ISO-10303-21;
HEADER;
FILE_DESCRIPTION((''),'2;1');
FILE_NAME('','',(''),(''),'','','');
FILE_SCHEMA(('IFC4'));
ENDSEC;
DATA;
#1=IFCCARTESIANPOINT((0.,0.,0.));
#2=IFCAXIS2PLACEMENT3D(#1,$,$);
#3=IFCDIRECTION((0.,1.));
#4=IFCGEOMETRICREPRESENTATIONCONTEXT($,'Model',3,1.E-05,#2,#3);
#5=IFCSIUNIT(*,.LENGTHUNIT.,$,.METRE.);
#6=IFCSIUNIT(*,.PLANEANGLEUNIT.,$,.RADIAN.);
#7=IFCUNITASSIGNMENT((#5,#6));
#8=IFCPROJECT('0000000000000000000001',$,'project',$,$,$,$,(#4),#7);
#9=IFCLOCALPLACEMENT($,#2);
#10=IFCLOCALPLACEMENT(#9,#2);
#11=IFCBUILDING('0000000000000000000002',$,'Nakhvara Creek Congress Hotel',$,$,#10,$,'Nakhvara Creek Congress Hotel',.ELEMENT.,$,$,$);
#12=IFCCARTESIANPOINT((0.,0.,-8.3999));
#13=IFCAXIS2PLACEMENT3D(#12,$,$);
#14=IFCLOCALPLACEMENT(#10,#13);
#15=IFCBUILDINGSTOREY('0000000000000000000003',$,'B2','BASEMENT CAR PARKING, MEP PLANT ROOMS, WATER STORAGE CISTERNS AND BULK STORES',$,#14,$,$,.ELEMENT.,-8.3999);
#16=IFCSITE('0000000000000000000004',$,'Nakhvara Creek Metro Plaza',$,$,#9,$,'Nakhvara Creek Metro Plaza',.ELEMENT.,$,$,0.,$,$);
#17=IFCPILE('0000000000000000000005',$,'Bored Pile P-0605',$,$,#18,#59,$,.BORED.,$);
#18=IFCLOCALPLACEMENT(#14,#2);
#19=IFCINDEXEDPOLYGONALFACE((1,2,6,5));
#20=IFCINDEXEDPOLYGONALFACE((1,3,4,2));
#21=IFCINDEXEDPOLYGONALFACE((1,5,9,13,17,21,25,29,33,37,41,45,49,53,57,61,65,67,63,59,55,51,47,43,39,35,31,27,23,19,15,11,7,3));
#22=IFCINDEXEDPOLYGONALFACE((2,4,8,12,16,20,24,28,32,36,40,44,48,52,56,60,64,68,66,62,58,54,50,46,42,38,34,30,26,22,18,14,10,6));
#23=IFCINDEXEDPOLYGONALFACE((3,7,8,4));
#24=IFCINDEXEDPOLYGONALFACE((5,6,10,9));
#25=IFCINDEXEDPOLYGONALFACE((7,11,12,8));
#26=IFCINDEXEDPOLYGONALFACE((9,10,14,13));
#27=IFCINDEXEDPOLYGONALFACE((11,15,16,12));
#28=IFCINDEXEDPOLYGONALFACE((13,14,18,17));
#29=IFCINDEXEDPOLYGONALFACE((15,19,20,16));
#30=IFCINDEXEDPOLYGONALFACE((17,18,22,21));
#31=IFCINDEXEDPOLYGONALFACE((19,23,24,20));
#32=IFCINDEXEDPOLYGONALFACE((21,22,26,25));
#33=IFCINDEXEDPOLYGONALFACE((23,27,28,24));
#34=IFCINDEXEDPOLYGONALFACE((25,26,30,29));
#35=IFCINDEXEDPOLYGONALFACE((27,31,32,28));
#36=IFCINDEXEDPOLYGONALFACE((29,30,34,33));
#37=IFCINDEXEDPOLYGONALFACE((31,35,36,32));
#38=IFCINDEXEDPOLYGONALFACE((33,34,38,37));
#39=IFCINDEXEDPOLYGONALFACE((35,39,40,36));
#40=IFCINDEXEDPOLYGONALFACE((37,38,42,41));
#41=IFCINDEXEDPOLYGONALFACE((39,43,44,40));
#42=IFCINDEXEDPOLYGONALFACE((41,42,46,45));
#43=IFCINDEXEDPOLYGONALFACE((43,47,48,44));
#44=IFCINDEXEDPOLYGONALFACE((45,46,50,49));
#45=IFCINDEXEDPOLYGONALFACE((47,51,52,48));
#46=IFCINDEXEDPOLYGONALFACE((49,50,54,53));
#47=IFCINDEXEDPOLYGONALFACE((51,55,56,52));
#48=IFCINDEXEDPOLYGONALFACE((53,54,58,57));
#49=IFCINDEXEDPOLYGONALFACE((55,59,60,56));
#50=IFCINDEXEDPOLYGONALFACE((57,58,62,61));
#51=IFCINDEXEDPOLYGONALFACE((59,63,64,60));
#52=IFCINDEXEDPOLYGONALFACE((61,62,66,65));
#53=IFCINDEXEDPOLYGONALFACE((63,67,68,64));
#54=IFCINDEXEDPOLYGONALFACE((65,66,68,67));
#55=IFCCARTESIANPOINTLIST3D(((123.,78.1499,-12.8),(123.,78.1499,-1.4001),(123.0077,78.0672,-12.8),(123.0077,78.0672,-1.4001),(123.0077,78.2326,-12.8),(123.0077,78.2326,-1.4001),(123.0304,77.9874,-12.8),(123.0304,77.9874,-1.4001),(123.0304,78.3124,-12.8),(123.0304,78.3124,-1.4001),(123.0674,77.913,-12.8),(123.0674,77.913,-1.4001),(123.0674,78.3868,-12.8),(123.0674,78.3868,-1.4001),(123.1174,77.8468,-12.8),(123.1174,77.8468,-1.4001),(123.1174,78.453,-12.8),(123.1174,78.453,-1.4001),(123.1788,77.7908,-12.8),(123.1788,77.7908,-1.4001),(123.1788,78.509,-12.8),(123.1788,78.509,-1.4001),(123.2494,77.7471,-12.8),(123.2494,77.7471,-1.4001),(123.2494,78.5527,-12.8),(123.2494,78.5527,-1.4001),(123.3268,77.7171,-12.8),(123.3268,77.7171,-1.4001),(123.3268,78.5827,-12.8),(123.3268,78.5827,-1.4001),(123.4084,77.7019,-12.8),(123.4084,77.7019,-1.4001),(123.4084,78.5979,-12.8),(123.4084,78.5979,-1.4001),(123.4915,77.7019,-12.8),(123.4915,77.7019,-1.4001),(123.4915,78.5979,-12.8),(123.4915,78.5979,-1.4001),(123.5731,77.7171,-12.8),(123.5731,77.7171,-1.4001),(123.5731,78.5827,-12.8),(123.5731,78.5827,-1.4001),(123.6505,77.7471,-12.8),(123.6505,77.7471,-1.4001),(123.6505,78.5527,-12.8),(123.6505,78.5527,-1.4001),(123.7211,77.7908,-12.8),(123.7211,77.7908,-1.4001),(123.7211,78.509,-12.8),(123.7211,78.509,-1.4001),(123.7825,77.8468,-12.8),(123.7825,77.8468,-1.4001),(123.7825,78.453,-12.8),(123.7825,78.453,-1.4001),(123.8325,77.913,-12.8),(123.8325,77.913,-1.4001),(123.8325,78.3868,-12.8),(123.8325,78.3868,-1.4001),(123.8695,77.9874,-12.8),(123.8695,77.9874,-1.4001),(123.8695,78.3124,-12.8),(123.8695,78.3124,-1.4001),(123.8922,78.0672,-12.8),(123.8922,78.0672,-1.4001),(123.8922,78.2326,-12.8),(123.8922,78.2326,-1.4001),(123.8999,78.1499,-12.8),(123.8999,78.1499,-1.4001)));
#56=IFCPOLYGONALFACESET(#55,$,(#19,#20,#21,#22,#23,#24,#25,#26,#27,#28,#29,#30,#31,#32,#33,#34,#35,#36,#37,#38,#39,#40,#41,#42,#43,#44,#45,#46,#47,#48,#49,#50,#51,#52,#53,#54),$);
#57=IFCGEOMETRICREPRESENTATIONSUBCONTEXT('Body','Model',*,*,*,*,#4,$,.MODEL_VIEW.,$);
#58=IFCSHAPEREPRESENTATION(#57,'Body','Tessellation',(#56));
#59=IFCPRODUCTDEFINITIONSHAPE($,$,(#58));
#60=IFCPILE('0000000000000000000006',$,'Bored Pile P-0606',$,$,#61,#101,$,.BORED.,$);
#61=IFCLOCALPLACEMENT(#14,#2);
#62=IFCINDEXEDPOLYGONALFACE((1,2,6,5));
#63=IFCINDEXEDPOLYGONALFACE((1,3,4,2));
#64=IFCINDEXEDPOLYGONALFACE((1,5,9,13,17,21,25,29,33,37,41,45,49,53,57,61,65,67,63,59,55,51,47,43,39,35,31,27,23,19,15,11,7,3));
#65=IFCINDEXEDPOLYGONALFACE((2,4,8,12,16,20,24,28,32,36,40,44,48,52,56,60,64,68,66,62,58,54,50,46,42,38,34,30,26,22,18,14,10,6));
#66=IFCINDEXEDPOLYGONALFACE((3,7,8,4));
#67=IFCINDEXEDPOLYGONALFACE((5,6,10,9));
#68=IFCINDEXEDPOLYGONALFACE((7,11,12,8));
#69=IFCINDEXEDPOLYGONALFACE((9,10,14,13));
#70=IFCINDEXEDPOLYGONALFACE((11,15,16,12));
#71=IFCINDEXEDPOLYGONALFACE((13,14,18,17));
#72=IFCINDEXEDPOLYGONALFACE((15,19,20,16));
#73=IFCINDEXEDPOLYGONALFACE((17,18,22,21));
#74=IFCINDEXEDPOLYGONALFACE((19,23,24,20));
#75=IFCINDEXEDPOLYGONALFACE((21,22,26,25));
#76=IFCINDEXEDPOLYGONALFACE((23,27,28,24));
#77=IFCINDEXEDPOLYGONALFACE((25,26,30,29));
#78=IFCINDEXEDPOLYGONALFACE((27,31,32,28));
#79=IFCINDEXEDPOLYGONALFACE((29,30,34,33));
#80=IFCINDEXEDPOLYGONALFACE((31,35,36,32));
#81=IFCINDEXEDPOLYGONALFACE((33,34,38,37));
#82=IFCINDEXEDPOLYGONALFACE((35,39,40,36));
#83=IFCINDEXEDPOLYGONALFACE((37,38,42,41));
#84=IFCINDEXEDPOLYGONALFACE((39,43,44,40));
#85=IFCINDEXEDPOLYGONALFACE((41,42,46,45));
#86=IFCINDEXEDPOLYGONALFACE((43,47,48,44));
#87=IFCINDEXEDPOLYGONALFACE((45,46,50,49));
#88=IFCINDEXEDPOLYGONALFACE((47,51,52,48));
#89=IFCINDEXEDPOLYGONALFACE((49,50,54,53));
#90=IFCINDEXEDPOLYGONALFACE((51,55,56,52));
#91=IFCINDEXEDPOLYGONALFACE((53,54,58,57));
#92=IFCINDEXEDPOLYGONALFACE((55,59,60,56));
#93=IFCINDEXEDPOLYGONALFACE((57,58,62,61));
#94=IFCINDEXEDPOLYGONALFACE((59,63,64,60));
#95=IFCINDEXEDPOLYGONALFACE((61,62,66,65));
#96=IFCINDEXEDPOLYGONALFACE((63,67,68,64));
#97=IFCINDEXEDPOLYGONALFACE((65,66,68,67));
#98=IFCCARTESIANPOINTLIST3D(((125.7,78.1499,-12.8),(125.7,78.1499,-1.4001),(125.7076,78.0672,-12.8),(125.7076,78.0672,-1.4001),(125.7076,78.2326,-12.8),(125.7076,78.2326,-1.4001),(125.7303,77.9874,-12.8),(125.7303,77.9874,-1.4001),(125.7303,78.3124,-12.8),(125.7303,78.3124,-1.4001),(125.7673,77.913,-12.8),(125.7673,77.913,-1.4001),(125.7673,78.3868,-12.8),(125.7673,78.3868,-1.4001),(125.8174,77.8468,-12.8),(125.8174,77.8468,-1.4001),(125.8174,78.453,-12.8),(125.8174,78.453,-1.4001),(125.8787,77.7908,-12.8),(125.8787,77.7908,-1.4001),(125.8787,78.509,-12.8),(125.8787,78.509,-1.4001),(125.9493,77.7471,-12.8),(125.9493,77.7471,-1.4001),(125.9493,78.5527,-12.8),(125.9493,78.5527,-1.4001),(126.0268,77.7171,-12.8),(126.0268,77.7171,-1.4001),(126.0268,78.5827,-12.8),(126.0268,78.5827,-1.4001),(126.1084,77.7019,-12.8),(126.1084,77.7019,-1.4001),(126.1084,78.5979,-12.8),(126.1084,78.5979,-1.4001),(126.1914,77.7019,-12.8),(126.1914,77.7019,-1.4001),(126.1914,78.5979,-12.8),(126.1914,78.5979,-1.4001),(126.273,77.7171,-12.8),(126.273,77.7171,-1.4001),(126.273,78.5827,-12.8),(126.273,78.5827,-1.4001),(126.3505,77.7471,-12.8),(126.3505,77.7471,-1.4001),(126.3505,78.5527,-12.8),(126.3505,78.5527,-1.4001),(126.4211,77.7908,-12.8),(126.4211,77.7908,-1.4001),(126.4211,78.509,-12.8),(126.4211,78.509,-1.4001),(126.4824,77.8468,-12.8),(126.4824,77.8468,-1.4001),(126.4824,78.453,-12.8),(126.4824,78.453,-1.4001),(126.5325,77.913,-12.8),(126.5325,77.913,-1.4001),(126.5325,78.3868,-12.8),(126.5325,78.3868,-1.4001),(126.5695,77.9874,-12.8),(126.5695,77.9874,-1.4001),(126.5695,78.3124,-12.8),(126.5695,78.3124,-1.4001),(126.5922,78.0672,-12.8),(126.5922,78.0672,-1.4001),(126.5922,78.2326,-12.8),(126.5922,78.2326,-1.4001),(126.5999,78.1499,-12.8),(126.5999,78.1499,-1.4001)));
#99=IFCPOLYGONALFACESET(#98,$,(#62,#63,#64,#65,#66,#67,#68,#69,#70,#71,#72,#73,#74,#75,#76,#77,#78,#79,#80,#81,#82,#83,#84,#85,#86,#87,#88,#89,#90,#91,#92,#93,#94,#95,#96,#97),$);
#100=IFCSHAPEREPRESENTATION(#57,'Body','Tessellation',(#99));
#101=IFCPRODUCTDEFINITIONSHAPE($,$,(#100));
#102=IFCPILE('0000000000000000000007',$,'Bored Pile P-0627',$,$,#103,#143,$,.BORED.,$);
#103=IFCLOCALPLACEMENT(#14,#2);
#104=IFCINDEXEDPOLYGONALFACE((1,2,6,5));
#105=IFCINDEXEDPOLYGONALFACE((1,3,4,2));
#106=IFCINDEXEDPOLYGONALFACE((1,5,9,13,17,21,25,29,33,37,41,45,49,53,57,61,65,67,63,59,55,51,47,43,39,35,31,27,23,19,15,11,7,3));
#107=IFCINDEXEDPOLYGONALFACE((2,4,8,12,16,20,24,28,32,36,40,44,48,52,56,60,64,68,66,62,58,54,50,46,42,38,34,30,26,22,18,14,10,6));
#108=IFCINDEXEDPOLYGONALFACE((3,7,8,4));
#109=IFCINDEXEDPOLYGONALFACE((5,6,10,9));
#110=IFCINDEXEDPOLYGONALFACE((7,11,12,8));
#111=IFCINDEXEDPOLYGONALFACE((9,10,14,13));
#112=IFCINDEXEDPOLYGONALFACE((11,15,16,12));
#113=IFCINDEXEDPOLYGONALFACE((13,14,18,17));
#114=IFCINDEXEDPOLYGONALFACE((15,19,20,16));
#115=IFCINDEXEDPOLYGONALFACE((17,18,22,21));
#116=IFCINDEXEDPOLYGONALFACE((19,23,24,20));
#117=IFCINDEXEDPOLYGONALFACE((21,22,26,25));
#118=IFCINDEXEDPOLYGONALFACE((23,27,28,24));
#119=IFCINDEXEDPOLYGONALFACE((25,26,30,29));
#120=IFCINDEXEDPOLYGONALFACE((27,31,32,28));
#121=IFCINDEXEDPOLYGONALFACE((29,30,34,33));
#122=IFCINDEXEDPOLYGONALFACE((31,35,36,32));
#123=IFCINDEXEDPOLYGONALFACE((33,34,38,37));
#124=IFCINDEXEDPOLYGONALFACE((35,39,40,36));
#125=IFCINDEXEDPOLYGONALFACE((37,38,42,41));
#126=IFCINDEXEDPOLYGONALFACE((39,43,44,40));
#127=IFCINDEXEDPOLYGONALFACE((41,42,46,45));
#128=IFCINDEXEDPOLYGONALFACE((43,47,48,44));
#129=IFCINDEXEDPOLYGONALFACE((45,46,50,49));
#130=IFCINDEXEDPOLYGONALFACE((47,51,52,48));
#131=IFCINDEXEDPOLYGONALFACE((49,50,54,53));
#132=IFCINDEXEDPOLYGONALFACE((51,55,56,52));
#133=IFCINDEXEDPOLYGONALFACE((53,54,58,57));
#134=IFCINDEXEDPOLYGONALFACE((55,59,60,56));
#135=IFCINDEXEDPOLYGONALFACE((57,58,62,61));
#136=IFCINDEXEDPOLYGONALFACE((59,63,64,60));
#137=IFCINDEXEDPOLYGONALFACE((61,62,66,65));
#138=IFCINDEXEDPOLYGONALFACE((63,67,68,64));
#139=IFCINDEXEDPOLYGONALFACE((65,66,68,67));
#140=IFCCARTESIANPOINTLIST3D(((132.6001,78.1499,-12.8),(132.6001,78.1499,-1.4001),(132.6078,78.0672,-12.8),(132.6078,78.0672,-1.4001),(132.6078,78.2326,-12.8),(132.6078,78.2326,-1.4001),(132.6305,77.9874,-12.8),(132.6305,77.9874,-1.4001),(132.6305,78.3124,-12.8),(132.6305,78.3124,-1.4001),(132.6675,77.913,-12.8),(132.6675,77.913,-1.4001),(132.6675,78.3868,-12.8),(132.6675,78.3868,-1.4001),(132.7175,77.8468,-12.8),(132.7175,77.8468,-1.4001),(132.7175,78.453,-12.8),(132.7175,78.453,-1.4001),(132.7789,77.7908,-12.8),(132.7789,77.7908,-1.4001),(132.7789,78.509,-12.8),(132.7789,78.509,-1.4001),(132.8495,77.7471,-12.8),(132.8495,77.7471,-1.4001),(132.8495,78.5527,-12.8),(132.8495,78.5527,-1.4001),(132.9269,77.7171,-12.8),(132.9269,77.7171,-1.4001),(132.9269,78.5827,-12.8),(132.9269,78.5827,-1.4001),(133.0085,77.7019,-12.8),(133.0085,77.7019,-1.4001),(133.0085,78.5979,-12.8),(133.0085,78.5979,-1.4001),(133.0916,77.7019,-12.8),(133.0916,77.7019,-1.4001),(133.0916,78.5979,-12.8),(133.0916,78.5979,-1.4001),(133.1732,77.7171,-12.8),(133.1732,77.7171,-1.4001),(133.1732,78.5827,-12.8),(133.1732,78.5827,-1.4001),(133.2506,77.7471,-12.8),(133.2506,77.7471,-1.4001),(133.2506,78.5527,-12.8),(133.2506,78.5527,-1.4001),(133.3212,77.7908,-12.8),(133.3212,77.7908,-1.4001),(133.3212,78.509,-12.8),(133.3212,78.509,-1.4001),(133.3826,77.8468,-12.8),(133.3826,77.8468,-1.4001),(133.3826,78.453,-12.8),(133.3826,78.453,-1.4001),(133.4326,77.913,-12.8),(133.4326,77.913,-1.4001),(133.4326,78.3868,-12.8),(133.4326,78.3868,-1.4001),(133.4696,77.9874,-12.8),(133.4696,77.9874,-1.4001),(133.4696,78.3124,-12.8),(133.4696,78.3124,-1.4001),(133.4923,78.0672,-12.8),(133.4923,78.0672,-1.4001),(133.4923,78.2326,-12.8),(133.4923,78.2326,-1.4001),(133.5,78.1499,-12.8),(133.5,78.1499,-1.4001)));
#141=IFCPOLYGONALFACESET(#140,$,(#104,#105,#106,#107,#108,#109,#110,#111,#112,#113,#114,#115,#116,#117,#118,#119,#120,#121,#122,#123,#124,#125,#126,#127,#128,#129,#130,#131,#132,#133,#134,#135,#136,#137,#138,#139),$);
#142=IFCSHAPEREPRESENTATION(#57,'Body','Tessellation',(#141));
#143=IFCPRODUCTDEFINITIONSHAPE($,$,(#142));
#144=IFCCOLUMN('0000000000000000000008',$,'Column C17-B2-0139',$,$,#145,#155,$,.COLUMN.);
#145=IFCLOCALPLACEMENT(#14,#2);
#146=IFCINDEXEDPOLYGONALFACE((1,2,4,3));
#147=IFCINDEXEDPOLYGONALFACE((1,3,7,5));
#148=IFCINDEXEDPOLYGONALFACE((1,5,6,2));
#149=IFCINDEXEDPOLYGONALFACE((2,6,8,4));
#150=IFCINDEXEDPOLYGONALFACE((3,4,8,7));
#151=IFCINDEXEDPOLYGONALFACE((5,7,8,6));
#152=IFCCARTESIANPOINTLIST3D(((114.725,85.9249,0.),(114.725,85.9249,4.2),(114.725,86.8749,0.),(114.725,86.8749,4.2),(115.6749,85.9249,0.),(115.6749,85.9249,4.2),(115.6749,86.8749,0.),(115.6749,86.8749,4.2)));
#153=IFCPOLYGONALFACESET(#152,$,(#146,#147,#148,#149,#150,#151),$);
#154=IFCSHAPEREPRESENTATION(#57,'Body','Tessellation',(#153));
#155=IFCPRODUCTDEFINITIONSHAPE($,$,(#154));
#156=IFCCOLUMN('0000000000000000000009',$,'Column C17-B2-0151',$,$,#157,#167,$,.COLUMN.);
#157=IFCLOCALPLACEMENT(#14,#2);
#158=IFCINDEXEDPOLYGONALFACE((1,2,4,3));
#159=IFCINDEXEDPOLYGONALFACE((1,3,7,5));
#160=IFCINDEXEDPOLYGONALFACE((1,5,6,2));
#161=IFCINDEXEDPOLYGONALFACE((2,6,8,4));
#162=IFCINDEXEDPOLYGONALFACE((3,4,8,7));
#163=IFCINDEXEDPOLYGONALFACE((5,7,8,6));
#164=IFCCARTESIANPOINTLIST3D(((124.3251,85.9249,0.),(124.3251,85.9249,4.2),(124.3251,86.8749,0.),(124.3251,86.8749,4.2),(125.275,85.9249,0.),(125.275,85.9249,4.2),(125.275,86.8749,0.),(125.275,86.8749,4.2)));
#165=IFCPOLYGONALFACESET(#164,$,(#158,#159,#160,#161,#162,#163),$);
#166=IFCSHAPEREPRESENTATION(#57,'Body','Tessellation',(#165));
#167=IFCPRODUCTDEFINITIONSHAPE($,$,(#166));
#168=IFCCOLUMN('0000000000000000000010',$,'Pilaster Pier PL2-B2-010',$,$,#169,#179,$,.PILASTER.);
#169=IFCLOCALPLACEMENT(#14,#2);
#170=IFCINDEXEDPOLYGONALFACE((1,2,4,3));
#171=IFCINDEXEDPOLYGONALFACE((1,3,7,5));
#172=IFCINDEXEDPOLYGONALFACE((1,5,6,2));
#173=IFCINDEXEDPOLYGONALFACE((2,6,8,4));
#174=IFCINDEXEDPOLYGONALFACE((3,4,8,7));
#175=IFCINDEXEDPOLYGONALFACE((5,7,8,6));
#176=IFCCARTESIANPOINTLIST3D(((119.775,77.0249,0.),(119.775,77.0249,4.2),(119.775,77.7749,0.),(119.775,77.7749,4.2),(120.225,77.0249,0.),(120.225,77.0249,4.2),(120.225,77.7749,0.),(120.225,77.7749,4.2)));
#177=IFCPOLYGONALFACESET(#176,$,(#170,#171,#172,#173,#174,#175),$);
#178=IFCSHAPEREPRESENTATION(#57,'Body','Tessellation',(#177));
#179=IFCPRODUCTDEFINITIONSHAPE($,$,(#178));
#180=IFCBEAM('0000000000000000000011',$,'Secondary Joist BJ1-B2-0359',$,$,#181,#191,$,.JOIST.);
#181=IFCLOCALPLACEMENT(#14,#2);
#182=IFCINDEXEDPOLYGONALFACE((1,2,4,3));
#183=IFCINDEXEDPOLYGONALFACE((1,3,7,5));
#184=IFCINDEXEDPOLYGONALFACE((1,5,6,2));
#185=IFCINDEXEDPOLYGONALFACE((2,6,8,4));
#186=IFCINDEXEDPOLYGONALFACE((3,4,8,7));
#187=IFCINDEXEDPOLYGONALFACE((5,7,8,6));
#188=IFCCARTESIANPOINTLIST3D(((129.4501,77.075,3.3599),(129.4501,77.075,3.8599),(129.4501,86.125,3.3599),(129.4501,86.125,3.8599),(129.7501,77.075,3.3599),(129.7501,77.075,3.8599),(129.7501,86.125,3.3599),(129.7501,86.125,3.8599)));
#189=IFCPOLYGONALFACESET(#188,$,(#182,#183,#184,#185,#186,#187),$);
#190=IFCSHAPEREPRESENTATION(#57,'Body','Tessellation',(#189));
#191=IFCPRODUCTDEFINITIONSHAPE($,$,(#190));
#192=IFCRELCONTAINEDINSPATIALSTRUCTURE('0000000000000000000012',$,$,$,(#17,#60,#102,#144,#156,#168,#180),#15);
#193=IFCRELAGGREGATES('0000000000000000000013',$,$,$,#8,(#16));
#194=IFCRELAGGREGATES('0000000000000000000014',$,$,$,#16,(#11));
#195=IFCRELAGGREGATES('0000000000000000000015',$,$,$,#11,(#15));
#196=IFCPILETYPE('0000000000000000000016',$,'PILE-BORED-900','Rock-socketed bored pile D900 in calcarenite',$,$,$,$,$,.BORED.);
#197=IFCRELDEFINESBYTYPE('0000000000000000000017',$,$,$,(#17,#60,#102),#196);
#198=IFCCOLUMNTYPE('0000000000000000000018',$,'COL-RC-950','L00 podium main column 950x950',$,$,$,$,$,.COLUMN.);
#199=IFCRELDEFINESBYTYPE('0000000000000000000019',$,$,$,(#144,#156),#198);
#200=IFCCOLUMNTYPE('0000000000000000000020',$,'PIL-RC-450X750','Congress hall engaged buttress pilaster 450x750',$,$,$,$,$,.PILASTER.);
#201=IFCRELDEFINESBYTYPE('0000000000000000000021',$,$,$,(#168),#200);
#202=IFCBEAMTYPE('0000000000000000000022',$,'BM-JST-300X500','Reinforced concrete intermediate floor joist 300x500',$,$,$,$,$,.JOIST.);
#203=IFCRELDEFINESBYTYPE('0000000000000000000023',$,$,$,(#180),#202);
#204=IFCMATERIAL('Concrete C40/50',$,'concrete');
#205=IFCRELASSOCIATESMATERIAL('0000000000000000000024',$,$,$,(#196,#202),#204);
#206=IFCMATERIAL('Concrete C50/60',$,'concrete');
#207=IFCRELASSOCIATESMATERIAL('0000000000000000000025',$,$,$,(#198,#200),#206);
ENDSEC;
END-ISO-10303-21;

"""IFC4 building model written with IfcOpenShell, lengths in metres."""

from ifc_helpers import new_model, si_unit, direction, frame, origin, origin_2d, place, context, subcontext, project, spatial, rectangle, circle, extrude, material, material_profile, profile_set, type_object, element, save


model = new_model("IFC4")

# Units and contexts
model_context = context("Model", 3, precision=1e-05, world=origin(), true_north=direction((0.0, 1.0)))
body_context = subcontext(model_context, "Body", "Model", "MODEL_VIEW")
ifc_project = project(units=[si_unit("LENGTHUNIT", "METRE"), si_unit("PLANEANGLEUNIT", "RADIAN")], contexts=[model_context])

# Site, building, storey
site_placement = place(None, origin())
site = spatial("IfcSite", under=ifc_project, at=site_placement, Name="Nakhvara Creek Metro Plaza", LongName="Nakhvara Creek Metro Plaza", CompositionType="ELEMENT", RefElevation=0.0)
building_placement = place(site_placement, origin())
building = spatial("IfcBuilding", under=site, at=building_placement, Name="Nakhvara Creek Congress Hotel", LongName="Nakhvara Creek Congress Hotel", CompositionType="ELEMENT")
storey_placement = place(building_placement, frame((0.0, 0.0, -8.3999)))
storey = spatial("IfcBuildingStorey", under=building, at=storey_placement, Name="B2", Description="BASEMENT CAR PARKING, MEP PLANT ROOMS, WATER STORAGE CISTERNS AND BULK STORES", CompositionType="ELEMENT", Elevation=-8.3999)

# Shared definitions
ifc_material_1 = material(Name="Concrete C40/50", Category="concrete")

# Piles
ifc_material_profile_1 = material_profile(ifc_material_1, circle(Radius=0.45, at=origin_2d()), Name="BORED PILE D900", Category="LoadBearing")
ifc_profile_set_1 = profile_set([ifc_material_profile_1], Name="Concrete C40/50")
pile_type = type_object("IfcPileType", Name="PILE-BORED-900", Description="Rock-socketed bored pile D900 in calcarenite", PredefinedType="BORED", material=ifc_profile_set_1)
for number, where, z_axis, x_axis, name in (
    (1, (123.45, 78.1499, -1.4001), (0.0, 0.0, -1.0), (1.0, 0.0, 0.0), "Bored Pile P-0605"),
    (2, (126.1499, 78.1499, -1.4001), (0.0, 0.0, -1.0), (1.0, 0.0, 0.0), "Bored Pile P-0606"),
    (3, (133.05, 78.1499, -1.4001), (0.0, 0.0, -1.0), (1.0, 0.0, 0.0), "Bored Pile P-0627"),
):
    element("IfcPile", number, at=place(storey_placement, frame(where, z_axis=z_axis, x_axis=x_axis)), inside=storey, type_object=pile_type, Name=name, PredefinedType="BORED", context=body_context, shape_type="SweptSolid", body=[
        extrude(circle(Radius=0.45, at=origin_2d()), origin(), (0.0, 0.0, 1.0), 11.3999),
    ])

# Columns
ifc_material_2 = material(Name="Concrete C50/60", Category="concrete")
ifc_material_profile_2 = material_profile(ifc_material_2, rectangle(XDim=0.95, YDim=0.95, at=origin_2d()), Name="RC-COL 950x950", Category="LoadBearing")
ifc_profile_set_2 = profile_set([ifc_material_profile_2], Name="Concrete C50/60")
column_type_1 = type_object("IfcColumnType", Name="COL-RC-950", Description="L00 podium main column 950x950", PredefinedType="COLUMN", material=ifc_profile_set_2)
for number, where, z_axis, x_axis, name in (
    (4, (115.2, 86.3999, 0.0), (0.0, 0.0, 1.0), (1.0, 0.0, 0.0), "Column C17-B2-0139"),
    (5, (124.8, 86.3999, 0.0), (0.0, 0.0, 1.0), (1.0, 0.0, 0.0), "Column C17-B2-0151"),
):
    element("IfcColumn", number, at=place(storey_placement, frame(where, z_axis=z_axis, x_axis=x_axis)), inside=storey, type_object=column_type_1, Name=name, PredefinedType="COLUMN", context=body_context, shape_type="SweptSolid", body=[
        extrude(rectangle(XDim=0.95, YDim=0.95, at=origin_2d()), origin(), (0.0, 0.0, 1.0), 4.2),
    ])
ifc_material_profile_3 = material_profile(ifc_material_2, rectangle(XDim=0.45, YDim=0.75, at=origin_2d()), Name="RC-PIL 450x750", Category="LoadBearing")
ifc_profile_set_3 = profile_set([ifc_material_profile_3], Name="Concrete C50/60")
column_type_2 = type_object("IfcColumnType", Name="PIL-RC-450X750", Description="Congress hall engaged buttress pilaster 450x750", PredefinedType="PILASTER", material=ifc_profile_set_3)
column_placement = place(storey_placement, frame((120.0, 77.3999, 0.0), z_axis=(0.0, 0.0, 1.0), x_axis=(1.0, 0.0, 0.0)))
element("IfcColumn", 6, at=column_placement, inside=storey, type_object=column_type_2, Name="Pilaster Pier PL2-B2-010", PredefinedType="PILASTER", context=body_context, shape_type="SweptSolid", body=[
    extrude(rectangle(XDim=0.45, YDim=0.75, at=origin_2d()), origin(), (0.0, 0.0, 1.0), 4.2),
])

# Beam
ifc_material_profile_4 = material_profile(ifc_material_1, rectangle(XDim=0.3, YDim=0.5, at=origin_2d()), Name="RC-BM 300x500", Category="LoadBearing")
ifc_profile_set_4 = profile_set([ifc_material_profile_4], Name="Concrete C40/50")
beam_type_1 = type_object("IfcBeamType", Name="BM-JST-300X500", Description="Reinforced concrete intermediate floor joist 300x500", PredefinedType="JOIST", material=ifc_profile_set_4)
beam_1_placement = place(storey_placement, frame((129.6001, 77.075, 3.6099), z_axis=(0.0, 1.0, 0.0), x_axis=(-1.0, 0.0, 0.0)))
element("IfcBeam", 7, at=beam_1_placement, inside=storey, type_object=beam_type_1, Name="Secondary Joist BJ1-B2-0359", PredefinedType="JOIST", context=body_context, shape_type="SweptSolid", body=[
    extrude(rectangle(XDim=0.3, YDim=0.5, at=origin_2d()), origin(), (0.0, 0.0, 1.0), 9.05),
])

save(model, "model.ifc")
